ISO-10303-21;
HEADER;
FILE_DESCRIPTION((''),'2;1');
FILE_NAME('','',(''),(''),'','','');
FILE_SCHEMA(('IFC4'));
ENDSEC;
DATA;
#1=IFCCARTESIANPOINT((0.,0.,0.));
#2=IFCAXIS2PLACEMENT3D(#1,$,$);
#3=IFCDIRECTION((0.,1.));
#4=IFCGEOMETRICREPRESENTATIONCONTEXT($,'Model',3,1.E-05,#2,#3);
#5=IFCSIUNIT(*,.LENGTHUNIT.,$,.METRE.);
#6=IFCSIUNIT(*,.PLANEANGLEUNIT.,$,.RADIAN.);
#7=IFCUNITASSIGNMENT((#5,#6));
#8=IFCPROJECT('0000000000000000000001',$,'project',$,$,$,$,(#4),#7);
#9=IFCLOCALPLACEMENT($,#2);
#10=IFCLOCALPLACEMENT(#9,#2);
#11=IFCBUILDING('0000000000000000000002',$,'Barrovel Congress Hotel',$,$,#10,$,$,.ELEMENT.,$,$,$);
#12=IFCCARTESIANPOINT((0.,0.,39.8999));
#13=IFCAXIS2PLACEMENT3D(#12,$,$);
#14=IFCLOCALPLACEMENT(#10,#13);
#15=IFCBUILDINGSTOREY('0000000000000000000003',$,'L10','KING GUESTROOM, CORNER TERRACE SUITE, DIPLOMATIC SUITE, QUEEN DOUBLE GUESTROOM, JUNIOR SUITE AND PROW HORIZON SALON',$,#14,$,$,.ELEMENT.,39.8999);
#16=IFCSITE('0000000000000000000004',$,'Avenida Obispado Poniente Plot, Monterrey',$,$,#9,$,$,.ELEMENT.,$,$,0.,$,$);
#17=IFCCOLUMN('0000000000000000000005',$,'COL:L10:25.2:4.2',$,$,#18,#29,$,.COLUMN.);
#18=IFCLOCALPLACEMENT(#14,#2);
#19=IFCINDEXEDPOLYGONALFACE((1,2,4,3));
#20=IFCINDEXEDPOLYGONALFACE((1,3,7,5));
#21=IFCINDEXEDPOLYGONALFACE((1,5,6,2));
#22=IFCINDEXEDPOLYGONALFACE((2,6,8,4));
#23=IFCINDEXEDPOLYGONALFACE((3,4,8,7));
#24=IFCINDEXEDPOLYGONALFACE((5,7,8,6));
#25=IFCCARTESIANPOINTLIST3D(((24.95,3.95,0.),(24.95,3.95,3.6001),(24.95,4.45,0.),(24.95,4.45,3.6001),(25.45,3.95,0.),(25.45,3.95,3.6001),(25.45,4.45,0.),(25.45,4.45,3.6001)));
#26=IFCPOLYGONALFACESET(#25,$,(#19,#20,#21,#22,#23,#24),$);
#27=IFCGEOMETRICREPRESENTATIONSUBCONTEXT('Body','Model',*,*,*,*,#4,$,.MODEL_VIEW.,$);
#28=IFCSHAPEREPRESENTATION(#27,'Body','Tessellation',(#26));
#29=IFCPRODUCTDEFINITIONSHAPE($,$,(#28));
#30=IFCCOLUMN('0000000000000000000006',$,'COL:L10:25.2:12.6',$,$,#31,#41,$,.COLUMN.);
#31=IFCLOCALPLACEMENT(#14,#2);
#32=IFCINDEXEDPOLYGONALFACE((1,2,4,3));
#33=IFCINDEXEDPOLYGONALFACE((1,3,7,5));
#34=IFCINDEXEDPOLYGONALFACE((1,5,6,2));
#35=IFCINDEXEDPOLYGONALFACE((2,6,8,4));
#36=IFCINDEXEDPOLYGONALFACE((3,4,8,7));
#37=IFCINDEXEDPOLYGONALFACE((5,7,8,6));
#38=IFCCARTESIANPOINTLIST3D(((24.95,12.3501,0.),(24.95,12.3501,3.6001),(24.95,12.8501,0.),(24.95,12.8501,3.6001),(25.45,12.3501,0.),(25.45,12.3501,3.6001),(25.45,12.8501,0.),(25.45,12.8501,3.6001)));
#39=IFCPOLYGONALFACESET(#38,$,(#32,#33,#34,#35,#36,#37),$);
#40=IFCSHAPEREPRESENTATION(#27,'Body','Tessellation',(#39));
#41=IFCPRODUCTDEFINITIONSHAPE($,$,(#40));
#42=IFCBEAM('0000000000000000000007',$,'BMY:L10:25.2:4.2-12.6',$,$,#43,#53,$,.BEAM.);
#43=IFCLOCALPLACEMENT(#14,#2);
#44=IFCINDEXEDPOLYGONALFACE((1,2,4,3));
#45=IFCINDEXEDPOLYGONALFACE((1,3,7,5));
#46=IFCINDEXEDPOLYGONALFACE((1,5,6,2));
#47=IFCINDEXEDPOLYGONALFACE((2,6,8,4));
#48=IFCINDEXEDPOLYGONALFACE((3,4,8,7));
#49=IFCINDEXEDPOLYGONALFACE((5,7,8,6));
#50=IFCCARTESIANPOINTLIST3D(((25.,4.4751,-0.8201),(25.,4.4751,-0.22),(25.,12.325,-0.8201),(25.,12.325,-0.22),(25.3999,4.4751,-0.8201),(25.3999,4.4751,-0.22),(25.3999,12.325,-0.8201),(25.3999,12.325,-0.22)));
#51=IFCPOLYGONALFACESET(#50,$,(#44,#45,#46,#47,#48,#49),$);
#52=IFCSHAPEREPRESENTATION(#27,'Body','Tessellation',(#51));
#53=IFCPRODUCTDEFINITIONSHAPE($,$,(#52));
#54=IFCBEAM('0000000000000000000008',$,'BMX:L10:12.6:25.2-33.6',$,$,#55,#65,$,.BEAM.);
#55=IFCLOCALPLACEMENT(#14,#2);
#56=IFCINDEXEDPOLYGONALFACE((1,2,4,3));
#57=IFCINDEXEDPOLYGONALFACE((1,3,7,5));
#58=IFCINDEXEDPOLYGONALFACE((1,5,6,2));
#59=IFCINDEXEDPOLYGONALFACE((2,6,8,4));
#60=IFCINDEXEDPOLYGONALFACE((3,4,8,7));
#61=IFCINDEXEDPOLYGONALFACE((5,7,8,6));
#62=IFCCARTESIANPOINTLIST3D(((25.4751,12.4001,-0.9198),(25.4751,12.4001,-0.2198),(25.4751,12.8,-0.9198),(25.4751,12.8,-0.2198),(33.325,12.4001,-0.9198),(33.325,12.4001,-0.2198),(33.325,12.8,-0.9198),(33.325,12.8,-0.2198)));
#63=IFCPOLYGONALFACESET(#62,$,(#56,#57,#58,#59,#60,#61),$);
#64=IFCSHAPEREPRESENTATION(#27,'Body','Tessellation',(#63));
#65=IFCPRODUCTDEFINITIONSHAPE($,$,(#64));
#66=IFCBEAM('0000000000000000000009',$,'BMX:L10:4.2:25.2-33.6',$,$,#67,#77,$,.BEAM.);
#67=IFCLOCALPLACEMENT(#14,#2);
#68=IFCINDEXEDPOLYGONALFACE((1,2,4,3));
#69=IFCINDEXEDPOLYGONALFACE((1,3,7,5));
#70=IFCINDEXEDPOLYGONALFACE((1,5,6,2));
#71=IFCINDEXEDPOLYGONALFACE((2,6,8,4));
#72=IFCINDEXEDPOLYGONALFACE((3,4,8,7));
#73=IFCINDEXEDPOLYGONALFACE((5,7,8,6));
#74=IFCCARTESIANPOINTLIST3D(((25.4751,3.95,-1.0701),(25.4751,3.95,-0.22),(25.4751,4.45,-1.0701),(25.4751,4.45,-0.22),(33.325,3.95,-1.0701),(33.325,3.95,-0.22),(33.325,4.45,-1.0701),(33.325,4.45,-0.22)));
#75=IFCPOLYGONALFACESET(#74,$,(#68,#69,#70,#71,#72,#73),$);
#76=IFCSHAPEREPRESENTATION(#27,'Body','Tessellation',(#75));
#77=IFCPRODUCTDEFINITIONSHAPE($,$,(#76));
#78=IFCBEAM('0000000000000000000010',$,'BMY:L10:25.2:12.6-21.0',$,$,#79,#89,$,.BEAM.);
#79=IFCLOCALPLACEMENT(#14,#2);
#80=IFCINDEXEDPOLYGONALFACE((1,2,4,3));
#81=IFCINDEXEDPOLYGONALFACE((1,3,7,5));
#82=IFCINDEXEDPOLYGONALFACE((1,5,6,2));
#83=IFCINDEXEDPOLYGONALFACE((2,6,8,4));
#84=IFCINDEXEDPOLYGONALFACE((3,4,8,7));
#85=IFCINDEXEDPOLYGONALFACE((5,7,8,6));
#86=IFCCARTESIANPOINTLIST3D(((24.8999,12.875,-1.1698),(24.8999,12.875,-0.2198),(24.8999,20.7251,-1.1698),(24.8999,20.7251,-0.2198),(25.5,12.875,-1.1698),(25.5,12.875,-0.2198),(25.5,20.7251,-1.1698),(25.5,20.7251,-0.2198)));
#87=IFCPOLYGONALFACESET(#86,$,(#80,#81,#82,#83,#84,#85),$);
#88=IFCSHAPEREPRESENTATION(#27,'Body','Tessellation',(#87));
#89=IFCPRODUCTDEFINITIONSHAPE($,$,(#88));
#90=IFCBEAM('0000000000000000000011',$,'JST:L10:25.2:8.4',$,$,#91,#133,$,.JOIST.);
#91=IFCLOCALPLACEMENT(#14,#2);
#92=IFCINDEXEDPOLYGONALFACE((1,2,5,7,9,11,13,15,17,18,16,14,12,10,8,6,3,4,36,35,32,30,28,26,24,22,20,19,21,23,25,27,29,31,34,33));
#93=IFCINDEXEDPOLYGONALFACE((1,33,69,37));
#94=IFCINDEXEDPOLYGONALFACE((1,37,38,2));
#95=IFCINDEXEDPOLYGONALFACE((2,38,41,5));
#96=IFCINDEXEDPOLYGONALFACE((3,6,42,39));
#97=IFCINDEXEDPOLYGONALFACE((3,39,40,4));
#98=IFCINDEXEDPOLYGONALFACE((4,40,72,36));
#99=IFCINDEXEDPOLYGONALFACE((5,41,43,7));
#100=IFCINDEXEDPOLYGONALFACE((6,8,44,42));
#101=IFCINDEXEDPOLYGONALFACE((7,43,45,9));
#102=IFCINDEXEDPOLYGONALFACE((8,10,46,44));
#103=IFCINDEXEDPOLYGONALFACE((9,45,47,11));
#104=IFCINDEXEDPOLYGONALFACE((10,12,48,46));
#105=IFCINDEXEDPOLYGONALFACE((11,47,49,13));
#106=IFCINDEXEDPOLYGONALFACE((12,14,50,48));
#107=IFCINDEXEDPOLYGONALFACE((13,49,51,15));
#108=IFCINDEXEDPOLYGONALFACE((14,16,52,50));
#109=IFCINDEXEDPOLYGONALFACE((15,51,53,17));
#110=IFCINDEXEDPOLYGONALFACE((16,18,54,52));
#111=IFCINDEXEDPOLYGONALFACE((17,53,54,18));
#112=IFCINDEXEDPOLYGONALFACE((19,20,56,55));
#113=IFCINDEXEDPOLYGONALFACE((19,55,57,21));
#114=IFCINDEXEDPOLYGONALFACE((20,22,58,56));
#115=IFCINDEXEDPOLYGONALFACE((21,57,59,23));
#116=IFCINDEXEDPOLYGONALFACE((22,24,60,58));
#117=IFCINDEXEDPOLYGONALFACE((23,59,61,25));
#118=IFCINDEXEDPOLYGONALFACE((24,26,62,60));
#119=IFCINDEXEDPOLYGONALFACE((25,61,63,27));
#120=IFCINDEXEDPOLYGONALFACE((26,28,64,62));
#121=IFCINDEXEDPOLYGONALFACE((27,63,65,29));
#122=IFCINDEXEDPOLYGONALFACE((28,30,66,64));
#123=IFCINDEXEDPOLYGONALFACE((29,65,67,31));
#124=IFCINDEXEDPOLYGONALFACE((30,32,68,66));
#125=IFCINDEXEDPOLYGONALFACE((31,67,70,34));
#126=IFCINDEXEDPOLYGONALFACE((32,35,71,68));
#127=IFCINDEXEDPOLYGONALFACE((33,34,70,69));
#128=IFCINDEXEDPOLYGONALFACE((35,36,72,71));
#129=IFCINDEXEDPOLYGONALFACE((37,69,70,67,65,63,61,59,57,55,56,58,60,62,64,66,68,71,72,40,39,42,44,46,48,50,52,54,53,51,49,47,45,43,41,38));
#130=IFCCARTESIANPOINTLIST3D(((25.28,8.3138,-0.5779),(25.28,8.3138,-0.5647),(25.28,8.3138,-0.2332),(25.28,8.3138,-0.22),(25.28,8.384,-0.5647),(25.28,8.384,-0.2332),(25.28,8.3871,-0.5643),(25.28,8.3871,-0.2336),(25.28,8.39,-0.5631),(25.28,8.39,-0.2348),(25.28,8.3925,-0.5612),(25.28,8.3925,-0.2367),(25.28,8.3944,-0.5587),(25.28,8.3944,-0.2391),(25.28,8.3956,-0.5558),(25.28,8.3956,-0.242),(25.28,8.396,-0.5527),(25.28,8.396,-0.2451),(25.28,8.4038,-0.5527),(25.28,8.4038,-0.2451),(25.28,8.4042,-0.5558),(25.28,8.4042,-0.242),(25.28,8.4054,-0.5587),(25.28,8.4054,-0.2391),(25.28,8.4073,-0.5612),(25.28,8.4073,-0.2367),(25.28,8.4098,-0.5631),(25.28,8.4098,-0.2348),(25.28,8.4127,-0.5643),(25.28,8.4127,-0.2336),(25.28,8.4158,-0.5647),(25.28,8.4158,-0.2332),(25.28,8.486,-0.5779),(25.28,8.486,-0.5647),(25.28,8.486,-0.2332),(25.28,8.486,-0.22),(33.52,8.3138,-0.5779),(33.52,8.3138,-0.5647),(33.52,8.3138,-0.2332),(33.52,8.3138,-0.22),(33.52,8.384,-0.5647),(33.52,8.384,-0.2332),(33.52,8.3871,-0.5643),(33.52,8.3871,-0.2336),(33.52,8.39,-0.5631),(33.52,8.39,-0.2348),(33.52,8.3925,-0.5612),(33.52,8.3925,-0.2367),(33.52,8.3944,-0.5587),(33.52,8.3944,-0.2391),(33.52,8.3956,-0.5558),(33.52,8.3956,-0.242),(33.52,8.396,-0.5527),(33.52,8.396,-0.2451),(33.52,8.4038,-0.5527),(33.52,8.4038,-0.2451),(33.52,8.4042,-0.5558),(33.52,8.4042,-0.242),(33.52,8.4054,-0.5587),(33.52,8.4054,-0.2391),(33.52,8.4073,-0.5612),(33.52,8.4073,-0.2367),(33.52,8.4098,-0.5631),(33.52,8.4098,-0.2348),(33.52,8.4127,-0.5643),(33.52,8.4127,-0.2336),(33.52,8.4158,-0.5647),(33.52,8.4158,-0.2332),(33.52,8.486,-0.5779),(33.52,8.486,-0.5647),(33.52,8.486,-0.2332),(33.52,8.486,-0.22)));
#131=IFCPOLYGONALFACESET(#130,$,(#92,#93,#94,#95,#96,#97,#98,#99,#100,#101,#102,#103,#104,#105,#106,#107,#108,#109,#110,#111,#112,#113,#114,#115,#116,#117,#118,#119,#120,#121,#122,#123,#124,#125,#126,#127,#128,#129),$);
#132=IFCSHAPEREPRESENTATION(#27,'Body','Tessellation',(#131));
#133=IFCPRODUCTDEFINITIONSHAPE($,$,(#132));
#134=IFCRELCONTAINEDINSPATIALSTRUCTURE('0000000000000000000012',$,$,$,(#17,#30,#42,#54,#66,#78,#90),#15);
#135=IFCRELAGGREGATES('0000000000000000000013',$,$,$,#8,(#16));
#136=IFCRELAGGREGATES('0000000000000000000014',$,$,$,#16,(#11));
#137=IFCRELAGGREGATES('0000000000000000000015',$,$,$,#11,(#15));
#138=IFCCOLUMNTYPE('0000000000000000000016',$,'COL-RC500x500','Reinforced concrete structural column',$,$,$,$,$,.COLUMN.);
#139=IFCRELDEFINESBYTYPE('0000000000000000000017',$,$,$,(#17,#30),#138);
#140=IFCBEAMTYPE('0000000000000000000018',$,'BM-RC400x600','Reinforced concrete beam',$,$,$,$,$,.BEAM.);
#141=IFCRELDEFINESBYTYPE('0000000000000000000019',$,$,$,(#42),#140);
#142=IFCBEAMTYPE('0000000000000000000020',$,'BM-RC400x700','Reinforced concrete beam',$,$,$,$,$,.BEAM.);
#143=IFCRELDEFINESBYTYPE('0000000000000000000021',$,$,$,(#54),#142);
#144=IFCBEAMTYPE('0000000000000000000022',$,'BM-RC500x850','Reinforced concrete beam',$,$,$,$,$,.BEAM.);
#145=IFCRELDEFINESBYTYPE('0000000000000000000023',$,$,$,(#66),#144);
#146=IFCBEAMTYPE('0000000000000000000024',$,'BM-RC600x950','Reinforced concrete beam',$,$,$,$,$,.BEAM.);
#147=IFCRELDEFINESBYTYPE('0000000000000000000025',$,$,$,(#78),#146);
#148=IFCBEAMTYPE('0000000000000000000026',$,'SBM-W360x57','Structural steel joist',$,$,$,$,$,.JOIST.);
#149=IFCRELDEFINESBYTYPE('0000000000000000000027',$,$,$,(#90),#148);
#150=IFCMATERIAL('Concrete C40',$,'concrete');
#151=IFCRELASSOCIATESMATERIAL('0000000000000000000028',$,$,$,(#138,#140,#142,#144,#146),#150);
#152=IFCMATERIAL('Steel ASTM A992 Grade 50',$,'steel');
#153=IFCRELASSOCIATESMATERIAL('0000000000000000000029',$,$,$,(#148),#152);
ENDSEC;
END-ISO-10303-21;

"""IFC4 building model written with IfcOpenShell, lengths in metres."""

from ifc_helpers import new_model, si_unit, direction, frame, origin, origin_2d, place, context, subcontext, project, spatial, rectangle, i_section, extrude, material, material_profile, profile_set, type_object, element, save


model = new_model("IFC4")

# Units and contexts
model_context = context("Model", 3, precision=1e-05, world=origin(), true_north=direction((0.0, 1.0)))
body_context = subcontext(model_context, "Body", "Model", "MODEL_VIEW")
ifc_project = project(units=[si_unit("LENGTHUNIT", "METRE"), si_unit("PLANEANGLEUNIT", "RADIAN")], contexts=[model_context])

# Site, building, storey
site_placement = place(None, origin())
site = spatial("IfcSite", under=ifc_project, at=site_placement, Name="Avenida Obispado Poniente Plot, Monterrey", CompositionType="ELEMENT", RefElevation=0.0)
building_placement = place(site_placement, origin())
building = spatial("IfcBuilding", under=site, at=building_placement, Name="Barrovel Congress Hotel", CompositionType="ELEMENT")
storey_placement = place(building_placement, frame((0.0, 0.0, 39.8999)))
storey = spatial("IfcBuildingStorey", under=building, at=storey_placement, Name="L10", Description="KING GUESTROOM, CORNER TERRACE SUITE, DIPLOMATIC SUITE, QUEEN DOUBLE GUESTROOM, JUNIOR SUITE AND PROW HORIZON SALON", CompositionType="ELEMENT", Elevation=39.8999)

# Columns
ifc_material_1 = material(Name="Concrete C40", Category="concrete")
ifc_material_profile_1 = material_profile(ifc_material_1, rectangle(XDim=0.5, YDim=0.5, at=origin_2d()), Name="RC500x500")
ifc_profile_set_1 = profile_set([ifc_material_profile_1], Name="Concrete C40")
column_type = type_object("IfcColumnType", Name="COL-RC500x500", Description="Reinforced concrete structural column", PredefinedType="COLUMN", material=ifc_profile_set_1)
for number, where, z_axis, x_axis, name in (
    (1, (25.2, 4.2, 0.0), (0.0, 0.0, 1.0), (1.0, 0.0, 0.0), "COL:L10:25.2:4.2"),
    (2, (25.2, 12.6001, 0.0), (0.0, 0.0, 1.0), (1.0, 0.0, 0.0), "COL:L10:25.2:12.6"),
):
    element("IfcColumn", number, at=place(storey_placement, frame(where, z_axis=z_axis, x_axis=x_axis)), inside=storey, type_object=column_type, Name=name, PredefinedType="COLUMN", context=body_context, shape_type="SweptSolid", body=[
        extrude(rectangle(XDim=0.5, YDim=0.5, at=origin_2d()), origin(), (0.0, 0.0, 1.0), 3.6001),
    ])

# Beams
ifc_material_profile_2 = material_profile(ifc_material_1, rectangle(XDim=0.3999, YDim=0.6001, at=origin_2d()), Name="RC400x600")
ifc_profile_set_2 = profile_set([ifc_material_profile_2], Name="Concrete C40")
beam_type_1 = type_object("IfcBeamType", Name="BM-RC400x600", Description="Reinforced concrete beam", PredefinedType="BEAM", material=ifc_profile_set_2)
beam_1_placement = place(storey_placement, frame((25.2, 4.4751, -0.52), z_axis=(0.0, 1.0, 0.0), x_axis=(-1.0, 0.0, 0.0)))
element("IfcBeam", 3, at=beam_1_placement, inside=storey, type_object=beam_type_1, Name="BMY:L10:25.2:4.2-12.6", PredefinedType="BEAM", context=body_context, shape_type="SweptSolid", body=[
    extrude(rectangle(XDim=0.3999, YDim=0.6001, at=origin_2d()), origin(), (0.0, 0.0, 1.0), 7.8499),
])
ifc_material_profile_3 = material_profile(ifc_material_1, rectangle(XDim=0.3999, YDim=0.7, at=origin_2d()), Name="RC400x700")
ifc_profile_set_3 = profile_set([ifc_material_profile_3], Name="Concrete C40")
beam_type_2 = type_object("IfcBeamType", Name="BM-RC400x700", Description="Reinforced concrete beam", PredefinedType="BEAM", material=ifc_profile_set_3)
beam_2_placement = place(storey_placement, frame((25.4751, 12.6001, -0.5698), z_axis=(1.0, 0.0, 0.0), x_axis=(0.0, 1.0, 0.0)))
element("IfcBeam", 4, at=beam_2_placement, inside=storey, type_object=beam_type_2, Name="BMX:L10:12.6:25.2-33.6", PredefinedType="BEAM", context=body_context, shape_type="SweptSolid", body=[
    extrude(rectangle(XDim=0.3999, YDim=0.7, at=origin_2d()), origin(), (0.0, 0.0, 1.0), 7.8499),
])
ifc_material_profile_4 = material_profile(ifc_material_1, rectangle(XDim=0.5, YDim=0.8501, at=origin_2d()), Name="RC500x850")
ifc_profile_set_4 = profile_set([ifc_material_profile_4], Name="Concrete C40")
beam_type_3 = type_object("IfcBeamType", Name="BM-RC500x850", Description="Reinforced concrete beam", PredefinedType="BEAM", material=ifc_profile_set_4)
beam_3_placement = place(storey_placement, frame((25.4751, 4.2, -0.645), z_axis=(1.0, 0.0, 0.0), x_axis=(0.0, 1.0, 0.0)))
element("IfcBeam", 5, at=beam_3_placement, inside=storey, type_object=beam_type_3, Name="BMX:L10:4.2:25.2-33.6", PredefinedType="BEAM", context=body_context, shape_type="SweptSolid", body=[
    extrude(rectangle(XDim=0.5, YDim=0.8501, at=origin_2d()), origin(), (0.0, 0.0, 1.0), 7.8499),
])
ifc_material_profile_5 = material_profile(ifc_material_1, rectangle(XDim=0.6001, YDim=0.95, at=origin_2d()), Name="RC600x950")
ifc_profile_set_5 = profile_set([ifc_material_profile_5], Name="Concrete C40")
beam_type_4 = type_object("IfcBeamType", Name="BM-RC600x950", Description="Reinforced concrete beam", PredefinedType="BEAM", material=ifc_profile_set_5)
beam_4_placement = place(storey_placement, frame((25.2, 12.875, -0.6948), z_axis=(0.0, 1.0, 0.0), x_axis=(-1.0, 0.0, 0.0)))
element("IfcBeam", 6, at=beam_4_placement, inside=storey, type_object=beam_type_4, Name="BMY:L10:25.2:12.6-21.0", PredefinedType="BEAM", context=body_context, shape_type="SweptSolid", body=[
    extrude(rectangle(XDim=0.6001, YDim=0.95, at=origin_2d()), origin(), (0.0, 0.0, 1.0), 7.8501),
])
ifc_material_2 = material(Name="Steel ASTM A992 Grade 50", Category="steel")
ifc_material_profile_6 = material_profile(ifc_material_2, i_section(OverallWidth=0.1721, OverallDepth=0.3579, WebThickness=0.0078, FlangeThickness=0.0132, FilletRadius=0.012, at=origin_2d()), Name="W360x57")
ifc_profile_set_6 = profile_set([ifc_material_profile_6], Name="Steel ASTM A992 Grade 50")
beam_type_5 = type_object("IfcBeamType", Name="SBM-W360x57", Description="Structural steel joist", PredefinedType="JOIST", material=ifc_profile_set_6)
beam_5_placement = place(storey_placement, frame((25.28, 8.3999, -0.3989), z_axis=(1.0, 0.0, 0.0), x_axis=(0.0, 1.0, 0.0)))
element("IfcBeam", 7, at=beam_5_placement, inside=storey, type_object=beam_type_5, Name="JST:L10:25.2:8.4", PredefinedType="JOIST", context=body_context, shape_type="SweptSolid", body=[
    extrude(i_section(OverallWidth=0.1721, OverallDepth=0.3579, WebThickness=0.0078, FlangeThickness=0.0132, FilletRadius=0.012, at=origin_2d()), origin(), (0.0, 0.0, 1.0), 8.24),
])

save(model, "model.ifc")
